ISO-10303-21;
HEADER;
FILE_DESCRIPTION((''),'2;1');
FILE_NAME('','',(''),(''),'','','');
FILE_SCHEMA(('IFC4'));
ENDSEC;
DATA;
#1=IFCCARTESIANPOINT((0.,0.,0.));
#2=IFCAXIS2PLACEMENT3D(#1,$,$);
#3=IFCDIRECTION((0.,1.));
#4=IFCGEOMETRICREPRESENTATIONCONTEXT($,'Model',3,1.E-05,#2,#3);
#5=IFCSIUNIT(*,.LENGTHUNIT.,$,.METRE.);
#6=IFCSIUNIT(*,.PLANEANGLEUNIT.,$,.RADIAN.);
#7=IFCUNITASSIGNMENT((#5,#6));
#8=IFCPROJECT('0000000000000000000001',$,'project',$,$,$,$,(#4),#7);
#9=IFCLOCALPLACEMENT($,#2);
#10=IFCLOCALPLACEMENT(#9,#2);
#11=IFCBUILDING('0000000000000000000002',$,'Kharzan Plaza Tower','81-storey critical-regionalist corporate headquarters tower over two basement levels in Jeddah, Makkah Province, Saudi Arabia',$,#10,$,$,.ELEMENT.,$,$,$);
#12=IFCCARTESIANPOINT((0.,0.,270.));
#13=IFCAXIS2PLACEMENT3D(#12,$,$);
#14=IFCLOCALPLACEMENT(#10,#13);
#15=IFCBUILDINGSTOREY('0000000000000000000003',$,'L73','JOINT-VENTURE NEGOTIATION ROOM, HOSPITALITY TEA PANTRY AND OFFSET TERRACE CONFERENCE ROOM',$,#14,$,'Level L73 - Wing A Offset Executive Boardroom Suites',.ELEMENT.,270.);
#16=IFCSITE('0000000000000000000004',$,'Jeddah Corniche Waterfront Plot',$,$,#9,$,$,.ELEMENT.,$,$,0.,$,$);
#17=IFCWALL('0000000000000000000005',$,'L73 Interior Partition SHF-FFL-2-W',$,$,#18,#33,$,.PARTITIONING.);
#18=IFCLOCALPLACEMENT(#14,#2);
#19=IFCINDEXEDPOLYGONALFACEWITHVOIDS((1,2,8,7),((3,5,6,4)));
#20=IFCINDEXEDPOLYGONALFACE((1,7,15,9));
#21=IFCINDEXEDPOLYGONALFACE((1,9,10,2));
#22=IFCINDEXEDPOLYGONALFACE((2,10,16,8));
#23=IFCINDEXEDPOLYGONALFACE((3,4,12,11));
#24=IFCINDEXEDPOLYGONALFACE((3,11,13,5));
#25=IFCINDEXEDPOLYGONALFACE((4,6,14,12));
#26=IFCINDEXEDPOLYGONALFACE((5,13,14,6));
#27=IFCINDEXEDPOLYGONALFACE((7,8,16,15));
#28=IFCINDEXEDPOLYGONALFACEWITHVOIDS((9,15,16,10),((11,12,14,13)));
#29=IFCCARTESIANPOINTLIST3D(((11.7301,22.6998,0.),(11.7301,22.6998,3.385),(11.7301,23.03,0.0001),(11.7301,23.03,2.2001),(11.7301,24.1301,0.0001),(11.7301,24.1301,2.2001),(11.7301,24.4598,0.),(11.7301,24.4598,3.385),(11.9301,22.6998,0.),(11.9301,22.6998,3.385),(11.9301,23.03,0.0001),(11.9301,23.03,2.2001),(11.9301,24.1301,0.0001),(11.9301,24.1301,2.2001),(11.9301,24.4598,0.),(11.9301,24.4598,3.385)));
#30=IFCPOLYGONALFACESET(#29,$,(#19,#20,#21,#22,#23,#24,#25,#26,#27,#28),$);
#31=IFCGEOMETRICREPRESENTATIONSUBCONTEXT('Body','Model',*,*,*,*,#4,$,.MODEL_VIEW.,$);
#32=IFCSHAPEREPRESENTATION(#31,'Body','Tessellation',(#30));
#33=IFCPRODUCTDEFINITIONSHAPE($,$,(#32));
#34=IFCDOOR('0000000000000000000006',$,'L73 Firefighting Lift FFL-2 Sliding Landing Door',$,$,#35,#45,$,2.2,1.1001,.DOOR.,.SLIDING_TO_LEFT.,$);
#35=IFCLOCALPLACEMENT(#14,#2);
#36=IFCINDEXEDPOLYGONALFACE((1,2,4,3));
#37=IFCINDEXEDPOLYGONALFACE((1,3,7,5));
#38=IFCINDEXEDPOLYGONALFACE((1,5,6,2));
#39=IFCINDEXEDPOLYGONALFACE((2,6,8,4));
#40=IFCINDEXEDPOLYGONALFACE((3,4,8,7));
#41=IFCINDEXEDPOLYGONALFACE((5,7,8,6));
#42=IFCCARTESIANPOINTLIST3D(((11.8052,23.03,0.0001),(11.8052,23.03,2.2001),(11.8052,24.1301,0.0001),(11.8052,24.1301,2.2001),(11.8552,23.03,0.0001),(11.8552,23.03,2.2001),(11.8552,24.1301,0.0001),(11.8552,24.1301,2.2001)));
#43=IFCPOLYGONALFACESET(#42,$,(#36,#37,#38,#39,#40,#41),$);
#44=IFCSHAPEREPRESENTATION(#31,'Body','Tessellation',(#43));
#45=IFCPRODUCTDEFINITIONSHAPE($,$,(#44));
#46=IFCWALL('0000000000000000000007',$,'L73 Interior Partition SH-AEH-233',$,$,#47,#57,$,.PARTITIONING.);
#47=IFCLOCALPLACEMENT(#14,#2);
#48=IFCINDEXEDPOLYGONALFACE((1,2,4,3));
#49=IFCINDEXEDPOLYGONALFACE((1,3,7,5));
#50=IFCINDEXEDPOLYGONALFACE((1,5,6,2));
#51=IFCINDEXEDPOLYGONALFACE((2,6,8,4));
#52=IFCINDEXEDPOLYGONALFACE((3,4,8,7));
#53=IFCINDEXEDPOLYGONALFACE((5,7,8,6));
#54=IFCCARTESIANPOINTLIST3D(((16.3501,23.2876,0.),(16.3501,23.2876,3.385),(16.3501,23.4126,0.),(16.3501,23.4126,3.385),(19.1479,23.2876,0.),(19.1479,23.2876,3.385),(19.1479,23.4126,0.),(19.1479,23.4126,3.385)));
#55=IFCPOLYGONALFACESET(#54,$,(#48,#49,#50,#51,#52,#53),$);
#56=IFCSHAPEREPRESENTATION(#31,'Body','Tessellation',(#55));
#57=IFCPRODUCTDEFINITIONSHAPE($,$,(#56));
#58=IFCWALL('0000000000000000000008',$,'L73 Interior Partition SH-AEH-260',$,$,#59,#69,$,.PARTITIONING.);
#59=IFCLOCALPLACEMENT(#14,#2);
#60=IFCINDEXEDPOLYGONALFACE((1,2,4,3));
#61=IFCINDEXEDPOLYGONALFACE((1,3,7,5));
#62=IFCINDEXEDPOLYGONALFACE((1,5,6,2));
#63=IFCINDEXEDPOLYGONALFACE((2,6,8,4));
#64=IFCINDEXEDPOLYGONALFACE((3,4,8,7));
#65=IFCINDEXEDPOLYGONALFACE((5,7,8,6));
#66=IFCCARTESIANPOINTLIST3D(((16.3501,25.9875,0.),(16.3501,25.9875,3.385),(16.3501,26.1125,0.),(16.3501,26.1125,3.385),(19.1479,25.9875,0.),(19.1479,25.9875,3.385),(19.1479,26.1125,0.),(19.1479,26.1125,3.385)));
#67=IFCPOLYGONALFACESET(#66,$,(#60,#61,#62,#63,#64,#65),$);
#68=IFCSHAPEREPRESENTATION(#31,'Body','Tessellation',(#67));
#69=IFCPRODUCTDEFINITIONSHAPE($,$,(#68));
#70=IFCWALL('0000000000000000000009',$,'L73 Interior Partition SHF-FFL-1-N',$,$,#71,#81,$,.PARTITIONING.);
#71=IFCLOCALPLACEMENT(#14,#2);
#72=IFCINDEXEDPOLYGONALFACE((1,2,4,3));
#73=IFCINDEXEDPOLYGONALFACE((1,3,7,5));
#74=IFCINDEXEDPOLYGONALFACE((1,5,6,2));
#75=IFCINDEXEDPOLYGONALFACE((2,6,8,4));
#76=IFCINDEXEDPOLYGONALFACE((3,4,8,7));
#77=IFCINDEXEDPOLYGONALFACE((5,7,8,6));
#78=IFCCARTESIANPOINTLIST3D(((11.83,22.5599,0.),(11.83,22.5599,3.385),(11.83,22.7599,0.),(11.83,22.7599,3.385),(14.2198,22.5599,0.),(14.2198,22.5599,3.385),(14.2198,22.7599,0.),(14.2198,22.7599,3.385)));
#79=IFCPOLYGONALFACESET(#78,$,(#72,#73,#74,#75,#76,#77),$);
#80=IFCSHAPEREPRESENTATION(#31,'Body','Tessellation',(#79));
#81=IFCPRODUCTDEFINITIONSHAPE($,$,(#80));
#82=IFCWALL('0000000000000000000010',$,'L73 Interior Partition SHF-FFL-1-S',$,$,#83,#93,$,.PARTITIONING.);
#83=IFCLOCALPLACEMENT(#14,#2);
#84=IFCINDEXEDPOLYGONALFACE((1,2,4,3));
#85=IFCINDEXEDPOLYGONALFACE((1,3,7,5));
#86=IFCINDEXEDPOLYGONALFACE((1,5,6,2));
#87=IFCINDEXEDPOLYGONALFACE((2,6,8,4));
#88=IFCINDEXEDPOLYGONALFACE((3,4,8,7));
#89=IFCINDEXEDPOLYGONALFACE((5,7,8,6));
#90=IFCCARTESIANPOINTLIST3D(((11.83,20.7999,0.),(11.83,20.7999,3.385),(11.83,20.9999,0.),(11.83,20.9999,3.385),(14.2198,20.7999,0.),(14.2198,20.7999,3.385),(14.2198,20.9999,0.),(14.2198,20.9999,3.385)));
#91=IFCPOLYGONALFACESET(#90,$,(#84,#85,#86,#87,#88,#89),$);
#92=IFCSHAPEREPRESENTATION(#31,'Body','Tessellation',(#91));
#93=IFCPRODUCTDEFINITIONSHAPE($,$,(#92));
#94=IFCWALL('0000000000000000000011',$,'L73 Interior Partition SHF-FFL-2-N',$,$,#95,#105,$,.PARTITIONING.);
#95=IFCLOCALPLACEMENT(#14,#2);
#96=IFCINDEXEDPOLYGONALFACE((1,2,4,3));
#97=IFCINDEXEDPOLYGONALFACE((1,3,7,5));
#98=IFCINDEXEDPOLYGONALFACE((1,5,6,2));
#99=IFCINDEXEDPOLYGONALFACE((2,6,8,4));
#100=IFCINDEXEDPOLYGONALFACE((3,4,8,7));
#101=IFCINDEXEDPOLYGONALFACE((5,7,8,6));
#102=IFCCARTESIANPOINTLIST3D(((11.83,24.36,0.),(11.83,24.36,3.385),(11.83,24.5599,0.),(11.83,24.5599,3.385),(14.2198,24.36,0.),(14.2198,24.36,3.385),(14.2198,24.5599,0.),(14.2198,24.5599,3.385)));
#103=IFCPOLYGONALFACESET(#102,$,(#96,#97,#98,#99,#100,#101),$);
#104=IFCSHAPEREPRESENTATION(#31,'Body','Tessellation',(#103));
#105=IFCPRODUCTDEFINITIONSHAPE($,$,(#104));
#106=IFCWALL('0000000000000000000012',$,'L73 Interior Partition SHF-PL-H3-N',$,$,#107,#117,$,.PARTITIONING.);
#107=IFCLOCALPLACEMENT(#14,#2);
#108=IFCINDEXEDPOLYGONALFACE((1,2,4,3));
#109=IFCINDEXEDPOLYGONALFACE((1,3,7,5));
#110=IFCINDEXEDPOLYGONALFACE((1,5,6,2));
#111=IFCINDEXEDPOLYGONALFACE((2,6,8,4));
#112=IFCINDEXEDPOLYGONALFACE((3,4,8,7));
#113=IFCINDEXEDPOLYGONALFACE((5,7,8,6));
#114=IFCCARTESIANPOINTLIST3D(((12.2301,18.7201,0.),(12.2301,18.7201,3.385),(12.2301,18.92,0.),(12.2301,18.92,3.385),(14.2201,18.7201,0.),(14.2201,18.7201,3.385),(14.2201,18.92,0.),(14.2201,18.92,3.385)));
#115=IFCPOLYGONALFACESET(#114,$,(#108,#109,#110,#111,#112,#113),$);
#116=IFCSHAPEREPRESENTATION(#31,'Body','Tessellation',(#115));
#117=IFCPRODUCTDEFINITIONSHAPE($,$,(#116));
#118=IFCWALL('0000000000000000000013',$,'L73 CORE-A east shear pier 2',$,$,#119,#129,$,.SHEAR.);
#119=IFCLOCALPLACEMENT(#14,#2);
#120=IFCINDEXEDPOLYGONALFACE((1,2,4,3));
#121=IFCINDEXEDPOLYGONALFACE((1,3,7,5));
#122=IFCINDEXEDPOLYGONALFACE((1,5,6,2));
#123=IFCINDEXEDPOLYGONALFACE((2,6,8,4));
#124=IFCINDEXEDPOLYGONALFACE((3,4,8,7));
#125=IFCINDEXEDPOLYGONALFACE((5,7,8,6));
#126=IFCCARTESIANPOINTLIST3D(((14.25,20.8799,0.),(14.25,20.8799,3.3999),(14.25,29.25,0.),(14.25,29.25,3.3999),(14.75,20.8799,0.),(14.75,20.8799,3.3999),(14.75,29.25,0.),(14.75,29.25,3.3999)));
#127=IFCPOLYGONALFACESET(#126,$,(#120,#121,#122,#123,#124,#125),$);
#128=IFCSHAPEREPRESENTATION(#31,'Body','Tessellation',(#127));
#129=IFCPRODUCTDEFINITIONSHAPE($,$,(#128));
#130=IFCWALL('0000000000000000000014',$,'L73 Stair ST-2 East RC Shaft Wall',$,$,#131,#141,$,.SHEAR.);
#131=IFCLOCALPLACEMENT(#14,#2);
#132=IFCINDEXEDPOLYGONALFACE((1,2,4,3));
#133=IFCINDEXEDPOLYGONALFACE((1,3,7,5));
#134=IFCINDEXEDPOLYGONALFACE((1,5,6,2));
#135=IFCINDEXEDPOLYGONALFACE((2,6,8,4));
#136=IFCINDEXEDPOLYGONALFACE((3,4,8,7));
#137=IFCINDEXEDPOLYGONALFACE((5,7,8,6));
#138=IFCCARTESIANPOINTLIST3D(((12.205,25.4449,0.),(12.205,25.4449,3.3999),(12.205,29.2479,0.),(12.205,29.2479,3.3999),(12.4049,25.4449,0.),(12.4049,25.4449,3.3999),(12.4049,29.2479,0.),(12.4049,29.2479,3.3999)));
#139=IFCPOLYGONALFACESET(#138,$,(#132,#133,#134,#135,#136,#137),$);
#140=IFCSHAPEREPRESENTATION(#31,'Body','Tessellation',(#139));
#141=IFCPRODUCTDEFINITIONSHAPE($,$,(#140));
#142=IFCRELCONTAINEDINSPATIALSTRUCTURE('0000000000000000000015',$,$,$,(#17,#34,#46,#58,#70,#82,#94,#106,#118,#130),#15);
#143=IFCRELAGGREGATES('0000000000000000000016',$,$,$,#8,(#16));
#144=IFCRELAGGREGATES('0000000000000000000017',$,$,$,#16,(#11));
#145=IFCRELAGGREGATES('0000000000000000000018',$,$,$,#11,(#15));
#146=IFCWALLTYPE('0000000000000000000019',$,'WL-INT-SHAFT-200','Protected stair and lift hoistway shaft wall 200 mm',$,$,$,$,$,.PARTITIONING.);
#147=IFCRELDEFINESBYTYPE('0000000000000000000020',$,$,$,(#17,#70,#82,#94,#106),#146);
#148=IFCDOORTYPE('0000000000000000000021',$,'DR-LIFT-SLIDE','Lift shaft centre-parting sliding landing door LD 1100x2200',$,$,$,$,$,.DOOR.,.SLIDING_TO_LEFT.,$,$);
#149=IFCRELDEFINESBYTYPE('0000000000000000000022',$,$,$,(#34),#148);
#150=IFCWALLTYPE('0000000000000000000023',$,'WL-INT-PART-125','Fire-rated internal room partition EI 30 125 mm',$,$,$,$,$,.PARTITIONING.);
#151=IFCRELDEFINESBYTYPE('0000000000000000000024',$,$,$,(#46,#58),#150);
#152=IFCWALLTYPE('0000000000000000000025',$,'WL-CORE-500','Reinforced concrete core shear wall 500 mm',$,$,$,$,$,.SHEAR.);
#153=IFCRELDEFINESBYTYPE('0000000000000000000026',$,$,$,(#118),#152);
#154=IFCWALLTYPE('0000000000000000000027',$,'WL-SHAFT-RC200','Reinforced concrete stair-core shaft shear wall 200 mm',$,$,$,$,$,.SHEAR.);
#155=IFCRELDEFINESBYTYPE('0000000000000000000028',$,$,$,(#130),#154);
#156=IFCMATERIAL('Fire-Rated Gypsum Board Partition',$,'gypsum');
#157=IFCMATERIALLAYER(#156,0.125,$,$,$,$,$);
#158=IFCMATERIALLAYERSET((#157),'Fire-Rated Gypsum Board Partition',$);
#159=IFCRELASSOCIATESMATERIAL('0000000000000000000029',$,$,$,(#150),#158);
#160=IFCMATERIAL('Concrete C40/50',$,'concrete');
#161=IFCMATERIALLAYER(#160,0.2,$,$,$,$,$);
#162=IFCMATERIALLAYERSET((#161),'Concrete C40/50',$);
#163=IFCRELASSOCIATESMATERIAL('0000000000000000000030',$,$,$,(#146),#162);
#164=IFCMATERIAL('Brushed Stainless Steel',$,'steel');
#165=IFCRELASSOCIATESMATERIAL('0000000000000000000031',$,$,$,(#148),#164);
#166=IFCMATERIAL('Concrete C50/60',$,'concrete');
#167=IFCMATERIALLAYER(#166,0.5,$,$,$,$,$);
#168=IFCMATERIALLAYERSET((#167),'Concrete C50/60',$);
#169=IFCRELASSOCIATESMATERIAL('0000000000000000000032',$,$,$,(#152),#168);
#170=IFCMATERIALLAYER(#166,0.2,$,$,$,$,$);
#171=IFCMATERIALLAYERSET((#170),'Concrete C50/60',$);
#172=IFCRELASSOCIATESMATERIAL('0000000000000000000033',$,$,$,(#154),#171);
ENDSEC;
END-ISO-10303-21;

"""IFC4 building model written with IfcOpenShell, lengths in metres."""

from ifc_helpers import new_model, si_unit, direction, frame, frame_2d, origin, place, context, subcontext, project, spatial, rectangle, extrude, source, transform, mapped, material, layer, layer_set, type_object, element, fill, save


model = new_model("IFC4")

# Units and contexts
model_context = context("Model", 3, precision=1e-05, world=origin(), true_north=direction((0.0, 1.0)))
body_context = subcontext(model_context, "Body", "Model", "MODEL_VIEW")
ifc_project = project(units=[si_unit("LENGTHUNIT", "METRE"), si_unit("PLANEANGLEUNIT", "RADIAN")], contexts=[model_context])

# Site, building, storey
site_placement = place(None, origin())
site = spatial("IfcSite", under=ifc_project, at=site_placement, Name="Jeddah Corniche Waterfront Plot", CompositionType="ELEMENT", RefElevation=0.0)
building_placement = place(site_placement, origin())
building = spatial("IfcBuilding", under=site, at=building_placement, Name="Kharzan Plaza Tower", Description="81-storey critical-regionalist corporate headquarters tower over two basement levels in Jeddah, Makkah Province, Saudi Arabia", CompositionType="ELEMENT")
storey_placement = place(building_placement, frame((0.0, 0.0, 270.0)))
storey = spatial("IfcBuildingStorey", under=building, at=storey_placement, Name="L73", Description="JOINT-VENTURE NEGOTIATION ROOM, HOSPITALITY TEA PANTRY AND OFFSET TERRACE CONFERENCE ROOM", LongName="Level L73 - Wing A Offset Executive Boardroom Suites", CompositionType="ELEMENT", Elevation=270.0)

# Shared definitions
ifc_material_1 = material(Name="Concrete C50/60", Category="concrete")

# Shared definitions
ifc_material_2 = material(Name="Concrete C40/50", Category="concrete")

# Wall, opening, door
ifc_material_3 = material(Name="Fire-Rated Gypsum Board Partition", Category="gypsum")
ifc_layer_1 = layer(ifc_material_3, 0.125)
ifc_layer_set_1 = layer_set([ifc_layer_1], Name="Fire-Rated Gypsum Board Partition")
wall_type_1 = type_object("IfcWallType", Name="WL-INT-PART-125", Description="Fire-rated internal room partition EI 30 125 mm", PredefinedType="PARTITIONING", material=ifc_layer_set_1)
ifc_layer_2 = layer(ifc_material_2, 0.2)
ifc_layer_set_2 = layer_set([ifc_layer_2], Name="Concrete C40/50")
wall_type_2 = type_object("IfcWallType", Name="WL-INT-SHAFT-200", Description="Protected stair and lift hoistway shaft wall 200 mm", PredefinedType="PARTITIONING", material=ifc_layer_set_2)
ifc_material_4 = material(Name="Brushed Stainless Steel", Category="steel")
door_type_1 = type_object("IfcDoorType", Name="DR-LIFT-SLIDE", Description="Lift shaft centre-parting sliding landing door LD 1100x2200", OperationType="SLIDING_TO_LEFT", PredefinedType="DOOR", material=ifc_material_4)
shared_shape_1 = source(origin(), body_context, "Body", "SweptSolid", [
    extrude(rectangle(XDim=1.1001, YDim=2.2, at=frame_2d((0.55, 1.1001))), frame((0.0, 0.0249, 0.0), z_axis=(0.0, -1.0, 0.0), x_axis=(1.0, 0.0, 0.0)), (0.0, 0.0, 1.0), 0.05),
])
wall_1_placement = place(storey_placement, frame((11.8301, 22.7, 0.0), z_axis=(0.0, 0.0, 1.0), x_axis=(0.0, 1.0, 0.0)))
wall_1 = element("IfcWall", 1, at=wall_1_placement, inside=storey, type_object=wall_type_2, Name="L73 Interior Partition SHF-FFL-2-W", PredefinedType="PARTITIONING", context=body_context, shape_type="SweptSolid", body=[
    extrude(rectangle(XDim=1.76, YDim=0.2, at=frame_2d((0.8799, 0.0))), origin(), (0.0, 0.0, 1.0), 3.385),
])
opening_1_placement = place(wall_1_placement, frame((0.3301, 0.0, 0.0)))
opening_1 = element("IfcOpeningElement", 2, at=opening_1_placement, cuts=wall_1, PredefinedType="OPENING", context=body_context, shape_type="SweptSolid", body=[
    extrude(rectangle(XDim=1.1001, YDim=2.2, at=frame_2d((0.55, 1.1001))), frame((0.0, 0.1099, 0.0), z_axis=(0.0, -1.0, 0.0), x_axis=(1.0, 0.0, 0.0)), (0.0, 0.0, 1.0), 0.22),
])
door_1_placement = place(opening_1_placement, origin())
door_1 = element("IfcDoor", 3, at=door_1_placement, inside=storey, type_object=door_type_1, Name="L73 Firefighting Lift FFL-2 Sliding Landing Door", OperationType="SLIDING_TO_LEFT", OverallHeight=2.2, OverallWidth=1.1001, PredefinedType="DOOR", context=body_context, shape_type="MappedRepresentation", body=[
    mapped(shared_shape_1, transform((0.0, 0.0, 0.0), x_axis=(1.0, 0.0, 0.0), y_axis=(0.0, 1.0, 0.0), z_axis=(0.0, 0.0, 1.0))),
])
fill(opening_1, door_1)

# Walls
shared_shape_2 = source(origin(), body_context, "Body", "SweptSolid", [
    extrude(rectangle(XDim=2.7979, YDim=0.125, at=frame_2d((1.3989, 0.0))), origin(), (0.0, 0.0, 1.0), 3.385),
])
for number, where, z_axis, x_axis, name in (
    (4, (16.3501, 23.3501, 0.0), (0.0, 0.0, 1.0), (1.0, 0.0, 0.0), "L73 Interior Partition SH-AEH-233"),
    (5, (16.3501, 26.05, 0.0), (0.0, 0.0, 1.0), (1.0, 0.0, 0.0), "L73 Interior Partition SH-AEH-260"),
):
    element("IfcWall", number, at=place(storey_placement, frame(where, z_axis=z_axis, x_axis=x_axis)), inside=storey, type_object=wall_type_1, Name=name, PredefinedType="PARTITIONING", context=body_context, shape_type="MappedRepresentation", body=[
        mapped(shared_shape_2, transform((0.0, 0.0, 0.0), x_axis=(1.0, 0.0, 0.0), y_axis=(0.0, 1.0, 0.0), z_axis=(0.0, 0.0, 1.0))),
    ])
shared_shape_3 = source(origin(), body_context, "Body", "SweptSolid", [
    extrude(rectangle(XDim=2.3899, YDim=0.2, at=frame_2d((1.1948, 0.0))), origin(), (0.0, 0.0, 1.0), 3.385),
])
for number, where, z_axis, x_axis, name in (
    (6, (11.8301, 22.6599, 0.0), (0.0, 0.0, 1.0), (1.0, 0.0, 0.0), "L73 Interior Partition SHF-FFL-1-N"),
    (7, (11.8301, 20.8999, 0.0), (0.0, 0.0, 1.0), (1.0, 0.0, 0.0), "L73 Interior Partition SHF-FFL-1-S"),
    (8, (11.8301, 24.46, 0.0), (0.0, 0.0, 1.0), (1.0, 0.0, 0.0), "L73 Interior Partition SHF-FFL-2-N"),
):
    element("IfcWall", number, at=place(storey_placement, frame(where, z_axis=z_axis, x_axis=x_axis)), inside=storey, type_object=wall_type_2, Name=name, PredefinedType="PARTITIONING", context=body_context, shape_type="MappedRepresentation", body=[
        mapped(shared_shape_3, transform((0.0, 0.0, 0.0), x_axis=(1.0, 0.0, 0.0), y_axis=(0.0, 1.0, 0.0), z_axis=(0.0, 0.0, 1.0))),
    ])
shared_shape_4 = source(origin(), body_context, "Body", "SweptSolid", [
    extrude(rectangle(XDim=1.99, YDim=0.2, at=frame_2d((0.9951, 0.0))), origin(), (0.0, 0.0, 1.0), 3.385),
])
wall_2_placement = place(storey_placement, frame((12.23, 18.8201, 0.0), z_axis=(0.0, 0.0, 1.0), x_axis=(1.0, 0.0, 0.0)))
element("IfcWall", 9, at=wall_2_placement, inside=storey, type_object=wall_type_2, Name="L73 Interior Partition SHF-PL-H3-N", PredefinedType="PARTITIONING", context=body_context, shape_type="MappedRepresentation", body=[
    mapped(shared_shape_4, transform((0.0, 0.0, 0.0), x_axis=(1.0, 0.0, 0.0), y_axis=(0.0, 1.0, 0.0), z_axis=(0.0, 0.0, 1.0))),
])
ifc_layer_3 = layer(ifc_material_1, 0.5)
ifc_layer_set_3 = layer_set([ifc_layer_3], Name="Concrete C50/60")
wall_type_3 = type_object("IfcWallType", Name="WL-CORE-500", Description="Reinforced concrete core shear wall 500 mm", PredefinedType="SHEAR", material=ifc_layer_set_3)
shared_shape_5 = source(origin(), body_context, "Body", "SweptSolid", [
    extrude(rectangle(XDim=8.3701, YDim=0.5, at=frame_2d((4.1851, 0.0))), origin(), (0.0, 0.0, 1.0), 3.3999),
])
wall_3_placement = place(storey_placement, frame((14.5, 20.8799, 0.0), z_axis=(0.0, 0.0, 1.0), x_axis=(0.0, 1.0, 0.0)))
element("IfcWall", 10, at=wall_3_placement, inside=storey, type_object=wall_type_3, Name="L73 CORE-A east shear pier 2", PredefinedType="SHEAR", context=body_context, shape_type="MappedRepresentation", body=[
    mapped(shared_shape_5, transform((0.0, 0.0, 0.0), x_axis=(1.0, 0.0, 0.0), y_axis=(0.0, 1.0, 0.0), z_axis=(0.0, 0.0, 1.0))),
])
ifc_layer_4 = layer(ifc_material_1, 0.2)
ifc_layer_set_4 = layer_set([ifc_layer_4], Name="Concrete C50/60")
wall_type_4 = type_object("IfcWallType", Name="WL-SHAFT-RC200", Description="Reinforced concrete stair-core shaft shear wall 200 mm", PredefinedType="SHEAR", material=ifc_layer_set_4)
shared_shape_6 = source(origin(), body_context, "Body", "SweptSolid", [
    extrude(rectangle(XDim=3.803, YDim=0.2, at=frame_2d((1.9014, 0.0))), origin(), (0.0, 0.0, 1.0), 3.3999),
])
wall_4_placement = place(storey_placement, frame((12.3049, 25.4451, 0.0), z_axis=(0.0, 0.0, 1.0), x_axis=(0.0, 1.0, 0.0)))
element("IfcWall", 11, at=wall_4_placement, inside=storey, type_object=wall_type_4, Name="L73 Stair ST-2 East RC Shaft Wall", PredefinedType="SHEAR", context=body_context, shape_type="MappedRepresentation", body=[
    mapped(shared_shape_6, transform((0.0, 0.0, 0.0), x_axis=(1.0, 0.0, 0.0), y_axis=(0.0, 1.0, 0.0), z_axis=(0.0, 0.0, 1.0))),
])

save(model, "model.ifc")
